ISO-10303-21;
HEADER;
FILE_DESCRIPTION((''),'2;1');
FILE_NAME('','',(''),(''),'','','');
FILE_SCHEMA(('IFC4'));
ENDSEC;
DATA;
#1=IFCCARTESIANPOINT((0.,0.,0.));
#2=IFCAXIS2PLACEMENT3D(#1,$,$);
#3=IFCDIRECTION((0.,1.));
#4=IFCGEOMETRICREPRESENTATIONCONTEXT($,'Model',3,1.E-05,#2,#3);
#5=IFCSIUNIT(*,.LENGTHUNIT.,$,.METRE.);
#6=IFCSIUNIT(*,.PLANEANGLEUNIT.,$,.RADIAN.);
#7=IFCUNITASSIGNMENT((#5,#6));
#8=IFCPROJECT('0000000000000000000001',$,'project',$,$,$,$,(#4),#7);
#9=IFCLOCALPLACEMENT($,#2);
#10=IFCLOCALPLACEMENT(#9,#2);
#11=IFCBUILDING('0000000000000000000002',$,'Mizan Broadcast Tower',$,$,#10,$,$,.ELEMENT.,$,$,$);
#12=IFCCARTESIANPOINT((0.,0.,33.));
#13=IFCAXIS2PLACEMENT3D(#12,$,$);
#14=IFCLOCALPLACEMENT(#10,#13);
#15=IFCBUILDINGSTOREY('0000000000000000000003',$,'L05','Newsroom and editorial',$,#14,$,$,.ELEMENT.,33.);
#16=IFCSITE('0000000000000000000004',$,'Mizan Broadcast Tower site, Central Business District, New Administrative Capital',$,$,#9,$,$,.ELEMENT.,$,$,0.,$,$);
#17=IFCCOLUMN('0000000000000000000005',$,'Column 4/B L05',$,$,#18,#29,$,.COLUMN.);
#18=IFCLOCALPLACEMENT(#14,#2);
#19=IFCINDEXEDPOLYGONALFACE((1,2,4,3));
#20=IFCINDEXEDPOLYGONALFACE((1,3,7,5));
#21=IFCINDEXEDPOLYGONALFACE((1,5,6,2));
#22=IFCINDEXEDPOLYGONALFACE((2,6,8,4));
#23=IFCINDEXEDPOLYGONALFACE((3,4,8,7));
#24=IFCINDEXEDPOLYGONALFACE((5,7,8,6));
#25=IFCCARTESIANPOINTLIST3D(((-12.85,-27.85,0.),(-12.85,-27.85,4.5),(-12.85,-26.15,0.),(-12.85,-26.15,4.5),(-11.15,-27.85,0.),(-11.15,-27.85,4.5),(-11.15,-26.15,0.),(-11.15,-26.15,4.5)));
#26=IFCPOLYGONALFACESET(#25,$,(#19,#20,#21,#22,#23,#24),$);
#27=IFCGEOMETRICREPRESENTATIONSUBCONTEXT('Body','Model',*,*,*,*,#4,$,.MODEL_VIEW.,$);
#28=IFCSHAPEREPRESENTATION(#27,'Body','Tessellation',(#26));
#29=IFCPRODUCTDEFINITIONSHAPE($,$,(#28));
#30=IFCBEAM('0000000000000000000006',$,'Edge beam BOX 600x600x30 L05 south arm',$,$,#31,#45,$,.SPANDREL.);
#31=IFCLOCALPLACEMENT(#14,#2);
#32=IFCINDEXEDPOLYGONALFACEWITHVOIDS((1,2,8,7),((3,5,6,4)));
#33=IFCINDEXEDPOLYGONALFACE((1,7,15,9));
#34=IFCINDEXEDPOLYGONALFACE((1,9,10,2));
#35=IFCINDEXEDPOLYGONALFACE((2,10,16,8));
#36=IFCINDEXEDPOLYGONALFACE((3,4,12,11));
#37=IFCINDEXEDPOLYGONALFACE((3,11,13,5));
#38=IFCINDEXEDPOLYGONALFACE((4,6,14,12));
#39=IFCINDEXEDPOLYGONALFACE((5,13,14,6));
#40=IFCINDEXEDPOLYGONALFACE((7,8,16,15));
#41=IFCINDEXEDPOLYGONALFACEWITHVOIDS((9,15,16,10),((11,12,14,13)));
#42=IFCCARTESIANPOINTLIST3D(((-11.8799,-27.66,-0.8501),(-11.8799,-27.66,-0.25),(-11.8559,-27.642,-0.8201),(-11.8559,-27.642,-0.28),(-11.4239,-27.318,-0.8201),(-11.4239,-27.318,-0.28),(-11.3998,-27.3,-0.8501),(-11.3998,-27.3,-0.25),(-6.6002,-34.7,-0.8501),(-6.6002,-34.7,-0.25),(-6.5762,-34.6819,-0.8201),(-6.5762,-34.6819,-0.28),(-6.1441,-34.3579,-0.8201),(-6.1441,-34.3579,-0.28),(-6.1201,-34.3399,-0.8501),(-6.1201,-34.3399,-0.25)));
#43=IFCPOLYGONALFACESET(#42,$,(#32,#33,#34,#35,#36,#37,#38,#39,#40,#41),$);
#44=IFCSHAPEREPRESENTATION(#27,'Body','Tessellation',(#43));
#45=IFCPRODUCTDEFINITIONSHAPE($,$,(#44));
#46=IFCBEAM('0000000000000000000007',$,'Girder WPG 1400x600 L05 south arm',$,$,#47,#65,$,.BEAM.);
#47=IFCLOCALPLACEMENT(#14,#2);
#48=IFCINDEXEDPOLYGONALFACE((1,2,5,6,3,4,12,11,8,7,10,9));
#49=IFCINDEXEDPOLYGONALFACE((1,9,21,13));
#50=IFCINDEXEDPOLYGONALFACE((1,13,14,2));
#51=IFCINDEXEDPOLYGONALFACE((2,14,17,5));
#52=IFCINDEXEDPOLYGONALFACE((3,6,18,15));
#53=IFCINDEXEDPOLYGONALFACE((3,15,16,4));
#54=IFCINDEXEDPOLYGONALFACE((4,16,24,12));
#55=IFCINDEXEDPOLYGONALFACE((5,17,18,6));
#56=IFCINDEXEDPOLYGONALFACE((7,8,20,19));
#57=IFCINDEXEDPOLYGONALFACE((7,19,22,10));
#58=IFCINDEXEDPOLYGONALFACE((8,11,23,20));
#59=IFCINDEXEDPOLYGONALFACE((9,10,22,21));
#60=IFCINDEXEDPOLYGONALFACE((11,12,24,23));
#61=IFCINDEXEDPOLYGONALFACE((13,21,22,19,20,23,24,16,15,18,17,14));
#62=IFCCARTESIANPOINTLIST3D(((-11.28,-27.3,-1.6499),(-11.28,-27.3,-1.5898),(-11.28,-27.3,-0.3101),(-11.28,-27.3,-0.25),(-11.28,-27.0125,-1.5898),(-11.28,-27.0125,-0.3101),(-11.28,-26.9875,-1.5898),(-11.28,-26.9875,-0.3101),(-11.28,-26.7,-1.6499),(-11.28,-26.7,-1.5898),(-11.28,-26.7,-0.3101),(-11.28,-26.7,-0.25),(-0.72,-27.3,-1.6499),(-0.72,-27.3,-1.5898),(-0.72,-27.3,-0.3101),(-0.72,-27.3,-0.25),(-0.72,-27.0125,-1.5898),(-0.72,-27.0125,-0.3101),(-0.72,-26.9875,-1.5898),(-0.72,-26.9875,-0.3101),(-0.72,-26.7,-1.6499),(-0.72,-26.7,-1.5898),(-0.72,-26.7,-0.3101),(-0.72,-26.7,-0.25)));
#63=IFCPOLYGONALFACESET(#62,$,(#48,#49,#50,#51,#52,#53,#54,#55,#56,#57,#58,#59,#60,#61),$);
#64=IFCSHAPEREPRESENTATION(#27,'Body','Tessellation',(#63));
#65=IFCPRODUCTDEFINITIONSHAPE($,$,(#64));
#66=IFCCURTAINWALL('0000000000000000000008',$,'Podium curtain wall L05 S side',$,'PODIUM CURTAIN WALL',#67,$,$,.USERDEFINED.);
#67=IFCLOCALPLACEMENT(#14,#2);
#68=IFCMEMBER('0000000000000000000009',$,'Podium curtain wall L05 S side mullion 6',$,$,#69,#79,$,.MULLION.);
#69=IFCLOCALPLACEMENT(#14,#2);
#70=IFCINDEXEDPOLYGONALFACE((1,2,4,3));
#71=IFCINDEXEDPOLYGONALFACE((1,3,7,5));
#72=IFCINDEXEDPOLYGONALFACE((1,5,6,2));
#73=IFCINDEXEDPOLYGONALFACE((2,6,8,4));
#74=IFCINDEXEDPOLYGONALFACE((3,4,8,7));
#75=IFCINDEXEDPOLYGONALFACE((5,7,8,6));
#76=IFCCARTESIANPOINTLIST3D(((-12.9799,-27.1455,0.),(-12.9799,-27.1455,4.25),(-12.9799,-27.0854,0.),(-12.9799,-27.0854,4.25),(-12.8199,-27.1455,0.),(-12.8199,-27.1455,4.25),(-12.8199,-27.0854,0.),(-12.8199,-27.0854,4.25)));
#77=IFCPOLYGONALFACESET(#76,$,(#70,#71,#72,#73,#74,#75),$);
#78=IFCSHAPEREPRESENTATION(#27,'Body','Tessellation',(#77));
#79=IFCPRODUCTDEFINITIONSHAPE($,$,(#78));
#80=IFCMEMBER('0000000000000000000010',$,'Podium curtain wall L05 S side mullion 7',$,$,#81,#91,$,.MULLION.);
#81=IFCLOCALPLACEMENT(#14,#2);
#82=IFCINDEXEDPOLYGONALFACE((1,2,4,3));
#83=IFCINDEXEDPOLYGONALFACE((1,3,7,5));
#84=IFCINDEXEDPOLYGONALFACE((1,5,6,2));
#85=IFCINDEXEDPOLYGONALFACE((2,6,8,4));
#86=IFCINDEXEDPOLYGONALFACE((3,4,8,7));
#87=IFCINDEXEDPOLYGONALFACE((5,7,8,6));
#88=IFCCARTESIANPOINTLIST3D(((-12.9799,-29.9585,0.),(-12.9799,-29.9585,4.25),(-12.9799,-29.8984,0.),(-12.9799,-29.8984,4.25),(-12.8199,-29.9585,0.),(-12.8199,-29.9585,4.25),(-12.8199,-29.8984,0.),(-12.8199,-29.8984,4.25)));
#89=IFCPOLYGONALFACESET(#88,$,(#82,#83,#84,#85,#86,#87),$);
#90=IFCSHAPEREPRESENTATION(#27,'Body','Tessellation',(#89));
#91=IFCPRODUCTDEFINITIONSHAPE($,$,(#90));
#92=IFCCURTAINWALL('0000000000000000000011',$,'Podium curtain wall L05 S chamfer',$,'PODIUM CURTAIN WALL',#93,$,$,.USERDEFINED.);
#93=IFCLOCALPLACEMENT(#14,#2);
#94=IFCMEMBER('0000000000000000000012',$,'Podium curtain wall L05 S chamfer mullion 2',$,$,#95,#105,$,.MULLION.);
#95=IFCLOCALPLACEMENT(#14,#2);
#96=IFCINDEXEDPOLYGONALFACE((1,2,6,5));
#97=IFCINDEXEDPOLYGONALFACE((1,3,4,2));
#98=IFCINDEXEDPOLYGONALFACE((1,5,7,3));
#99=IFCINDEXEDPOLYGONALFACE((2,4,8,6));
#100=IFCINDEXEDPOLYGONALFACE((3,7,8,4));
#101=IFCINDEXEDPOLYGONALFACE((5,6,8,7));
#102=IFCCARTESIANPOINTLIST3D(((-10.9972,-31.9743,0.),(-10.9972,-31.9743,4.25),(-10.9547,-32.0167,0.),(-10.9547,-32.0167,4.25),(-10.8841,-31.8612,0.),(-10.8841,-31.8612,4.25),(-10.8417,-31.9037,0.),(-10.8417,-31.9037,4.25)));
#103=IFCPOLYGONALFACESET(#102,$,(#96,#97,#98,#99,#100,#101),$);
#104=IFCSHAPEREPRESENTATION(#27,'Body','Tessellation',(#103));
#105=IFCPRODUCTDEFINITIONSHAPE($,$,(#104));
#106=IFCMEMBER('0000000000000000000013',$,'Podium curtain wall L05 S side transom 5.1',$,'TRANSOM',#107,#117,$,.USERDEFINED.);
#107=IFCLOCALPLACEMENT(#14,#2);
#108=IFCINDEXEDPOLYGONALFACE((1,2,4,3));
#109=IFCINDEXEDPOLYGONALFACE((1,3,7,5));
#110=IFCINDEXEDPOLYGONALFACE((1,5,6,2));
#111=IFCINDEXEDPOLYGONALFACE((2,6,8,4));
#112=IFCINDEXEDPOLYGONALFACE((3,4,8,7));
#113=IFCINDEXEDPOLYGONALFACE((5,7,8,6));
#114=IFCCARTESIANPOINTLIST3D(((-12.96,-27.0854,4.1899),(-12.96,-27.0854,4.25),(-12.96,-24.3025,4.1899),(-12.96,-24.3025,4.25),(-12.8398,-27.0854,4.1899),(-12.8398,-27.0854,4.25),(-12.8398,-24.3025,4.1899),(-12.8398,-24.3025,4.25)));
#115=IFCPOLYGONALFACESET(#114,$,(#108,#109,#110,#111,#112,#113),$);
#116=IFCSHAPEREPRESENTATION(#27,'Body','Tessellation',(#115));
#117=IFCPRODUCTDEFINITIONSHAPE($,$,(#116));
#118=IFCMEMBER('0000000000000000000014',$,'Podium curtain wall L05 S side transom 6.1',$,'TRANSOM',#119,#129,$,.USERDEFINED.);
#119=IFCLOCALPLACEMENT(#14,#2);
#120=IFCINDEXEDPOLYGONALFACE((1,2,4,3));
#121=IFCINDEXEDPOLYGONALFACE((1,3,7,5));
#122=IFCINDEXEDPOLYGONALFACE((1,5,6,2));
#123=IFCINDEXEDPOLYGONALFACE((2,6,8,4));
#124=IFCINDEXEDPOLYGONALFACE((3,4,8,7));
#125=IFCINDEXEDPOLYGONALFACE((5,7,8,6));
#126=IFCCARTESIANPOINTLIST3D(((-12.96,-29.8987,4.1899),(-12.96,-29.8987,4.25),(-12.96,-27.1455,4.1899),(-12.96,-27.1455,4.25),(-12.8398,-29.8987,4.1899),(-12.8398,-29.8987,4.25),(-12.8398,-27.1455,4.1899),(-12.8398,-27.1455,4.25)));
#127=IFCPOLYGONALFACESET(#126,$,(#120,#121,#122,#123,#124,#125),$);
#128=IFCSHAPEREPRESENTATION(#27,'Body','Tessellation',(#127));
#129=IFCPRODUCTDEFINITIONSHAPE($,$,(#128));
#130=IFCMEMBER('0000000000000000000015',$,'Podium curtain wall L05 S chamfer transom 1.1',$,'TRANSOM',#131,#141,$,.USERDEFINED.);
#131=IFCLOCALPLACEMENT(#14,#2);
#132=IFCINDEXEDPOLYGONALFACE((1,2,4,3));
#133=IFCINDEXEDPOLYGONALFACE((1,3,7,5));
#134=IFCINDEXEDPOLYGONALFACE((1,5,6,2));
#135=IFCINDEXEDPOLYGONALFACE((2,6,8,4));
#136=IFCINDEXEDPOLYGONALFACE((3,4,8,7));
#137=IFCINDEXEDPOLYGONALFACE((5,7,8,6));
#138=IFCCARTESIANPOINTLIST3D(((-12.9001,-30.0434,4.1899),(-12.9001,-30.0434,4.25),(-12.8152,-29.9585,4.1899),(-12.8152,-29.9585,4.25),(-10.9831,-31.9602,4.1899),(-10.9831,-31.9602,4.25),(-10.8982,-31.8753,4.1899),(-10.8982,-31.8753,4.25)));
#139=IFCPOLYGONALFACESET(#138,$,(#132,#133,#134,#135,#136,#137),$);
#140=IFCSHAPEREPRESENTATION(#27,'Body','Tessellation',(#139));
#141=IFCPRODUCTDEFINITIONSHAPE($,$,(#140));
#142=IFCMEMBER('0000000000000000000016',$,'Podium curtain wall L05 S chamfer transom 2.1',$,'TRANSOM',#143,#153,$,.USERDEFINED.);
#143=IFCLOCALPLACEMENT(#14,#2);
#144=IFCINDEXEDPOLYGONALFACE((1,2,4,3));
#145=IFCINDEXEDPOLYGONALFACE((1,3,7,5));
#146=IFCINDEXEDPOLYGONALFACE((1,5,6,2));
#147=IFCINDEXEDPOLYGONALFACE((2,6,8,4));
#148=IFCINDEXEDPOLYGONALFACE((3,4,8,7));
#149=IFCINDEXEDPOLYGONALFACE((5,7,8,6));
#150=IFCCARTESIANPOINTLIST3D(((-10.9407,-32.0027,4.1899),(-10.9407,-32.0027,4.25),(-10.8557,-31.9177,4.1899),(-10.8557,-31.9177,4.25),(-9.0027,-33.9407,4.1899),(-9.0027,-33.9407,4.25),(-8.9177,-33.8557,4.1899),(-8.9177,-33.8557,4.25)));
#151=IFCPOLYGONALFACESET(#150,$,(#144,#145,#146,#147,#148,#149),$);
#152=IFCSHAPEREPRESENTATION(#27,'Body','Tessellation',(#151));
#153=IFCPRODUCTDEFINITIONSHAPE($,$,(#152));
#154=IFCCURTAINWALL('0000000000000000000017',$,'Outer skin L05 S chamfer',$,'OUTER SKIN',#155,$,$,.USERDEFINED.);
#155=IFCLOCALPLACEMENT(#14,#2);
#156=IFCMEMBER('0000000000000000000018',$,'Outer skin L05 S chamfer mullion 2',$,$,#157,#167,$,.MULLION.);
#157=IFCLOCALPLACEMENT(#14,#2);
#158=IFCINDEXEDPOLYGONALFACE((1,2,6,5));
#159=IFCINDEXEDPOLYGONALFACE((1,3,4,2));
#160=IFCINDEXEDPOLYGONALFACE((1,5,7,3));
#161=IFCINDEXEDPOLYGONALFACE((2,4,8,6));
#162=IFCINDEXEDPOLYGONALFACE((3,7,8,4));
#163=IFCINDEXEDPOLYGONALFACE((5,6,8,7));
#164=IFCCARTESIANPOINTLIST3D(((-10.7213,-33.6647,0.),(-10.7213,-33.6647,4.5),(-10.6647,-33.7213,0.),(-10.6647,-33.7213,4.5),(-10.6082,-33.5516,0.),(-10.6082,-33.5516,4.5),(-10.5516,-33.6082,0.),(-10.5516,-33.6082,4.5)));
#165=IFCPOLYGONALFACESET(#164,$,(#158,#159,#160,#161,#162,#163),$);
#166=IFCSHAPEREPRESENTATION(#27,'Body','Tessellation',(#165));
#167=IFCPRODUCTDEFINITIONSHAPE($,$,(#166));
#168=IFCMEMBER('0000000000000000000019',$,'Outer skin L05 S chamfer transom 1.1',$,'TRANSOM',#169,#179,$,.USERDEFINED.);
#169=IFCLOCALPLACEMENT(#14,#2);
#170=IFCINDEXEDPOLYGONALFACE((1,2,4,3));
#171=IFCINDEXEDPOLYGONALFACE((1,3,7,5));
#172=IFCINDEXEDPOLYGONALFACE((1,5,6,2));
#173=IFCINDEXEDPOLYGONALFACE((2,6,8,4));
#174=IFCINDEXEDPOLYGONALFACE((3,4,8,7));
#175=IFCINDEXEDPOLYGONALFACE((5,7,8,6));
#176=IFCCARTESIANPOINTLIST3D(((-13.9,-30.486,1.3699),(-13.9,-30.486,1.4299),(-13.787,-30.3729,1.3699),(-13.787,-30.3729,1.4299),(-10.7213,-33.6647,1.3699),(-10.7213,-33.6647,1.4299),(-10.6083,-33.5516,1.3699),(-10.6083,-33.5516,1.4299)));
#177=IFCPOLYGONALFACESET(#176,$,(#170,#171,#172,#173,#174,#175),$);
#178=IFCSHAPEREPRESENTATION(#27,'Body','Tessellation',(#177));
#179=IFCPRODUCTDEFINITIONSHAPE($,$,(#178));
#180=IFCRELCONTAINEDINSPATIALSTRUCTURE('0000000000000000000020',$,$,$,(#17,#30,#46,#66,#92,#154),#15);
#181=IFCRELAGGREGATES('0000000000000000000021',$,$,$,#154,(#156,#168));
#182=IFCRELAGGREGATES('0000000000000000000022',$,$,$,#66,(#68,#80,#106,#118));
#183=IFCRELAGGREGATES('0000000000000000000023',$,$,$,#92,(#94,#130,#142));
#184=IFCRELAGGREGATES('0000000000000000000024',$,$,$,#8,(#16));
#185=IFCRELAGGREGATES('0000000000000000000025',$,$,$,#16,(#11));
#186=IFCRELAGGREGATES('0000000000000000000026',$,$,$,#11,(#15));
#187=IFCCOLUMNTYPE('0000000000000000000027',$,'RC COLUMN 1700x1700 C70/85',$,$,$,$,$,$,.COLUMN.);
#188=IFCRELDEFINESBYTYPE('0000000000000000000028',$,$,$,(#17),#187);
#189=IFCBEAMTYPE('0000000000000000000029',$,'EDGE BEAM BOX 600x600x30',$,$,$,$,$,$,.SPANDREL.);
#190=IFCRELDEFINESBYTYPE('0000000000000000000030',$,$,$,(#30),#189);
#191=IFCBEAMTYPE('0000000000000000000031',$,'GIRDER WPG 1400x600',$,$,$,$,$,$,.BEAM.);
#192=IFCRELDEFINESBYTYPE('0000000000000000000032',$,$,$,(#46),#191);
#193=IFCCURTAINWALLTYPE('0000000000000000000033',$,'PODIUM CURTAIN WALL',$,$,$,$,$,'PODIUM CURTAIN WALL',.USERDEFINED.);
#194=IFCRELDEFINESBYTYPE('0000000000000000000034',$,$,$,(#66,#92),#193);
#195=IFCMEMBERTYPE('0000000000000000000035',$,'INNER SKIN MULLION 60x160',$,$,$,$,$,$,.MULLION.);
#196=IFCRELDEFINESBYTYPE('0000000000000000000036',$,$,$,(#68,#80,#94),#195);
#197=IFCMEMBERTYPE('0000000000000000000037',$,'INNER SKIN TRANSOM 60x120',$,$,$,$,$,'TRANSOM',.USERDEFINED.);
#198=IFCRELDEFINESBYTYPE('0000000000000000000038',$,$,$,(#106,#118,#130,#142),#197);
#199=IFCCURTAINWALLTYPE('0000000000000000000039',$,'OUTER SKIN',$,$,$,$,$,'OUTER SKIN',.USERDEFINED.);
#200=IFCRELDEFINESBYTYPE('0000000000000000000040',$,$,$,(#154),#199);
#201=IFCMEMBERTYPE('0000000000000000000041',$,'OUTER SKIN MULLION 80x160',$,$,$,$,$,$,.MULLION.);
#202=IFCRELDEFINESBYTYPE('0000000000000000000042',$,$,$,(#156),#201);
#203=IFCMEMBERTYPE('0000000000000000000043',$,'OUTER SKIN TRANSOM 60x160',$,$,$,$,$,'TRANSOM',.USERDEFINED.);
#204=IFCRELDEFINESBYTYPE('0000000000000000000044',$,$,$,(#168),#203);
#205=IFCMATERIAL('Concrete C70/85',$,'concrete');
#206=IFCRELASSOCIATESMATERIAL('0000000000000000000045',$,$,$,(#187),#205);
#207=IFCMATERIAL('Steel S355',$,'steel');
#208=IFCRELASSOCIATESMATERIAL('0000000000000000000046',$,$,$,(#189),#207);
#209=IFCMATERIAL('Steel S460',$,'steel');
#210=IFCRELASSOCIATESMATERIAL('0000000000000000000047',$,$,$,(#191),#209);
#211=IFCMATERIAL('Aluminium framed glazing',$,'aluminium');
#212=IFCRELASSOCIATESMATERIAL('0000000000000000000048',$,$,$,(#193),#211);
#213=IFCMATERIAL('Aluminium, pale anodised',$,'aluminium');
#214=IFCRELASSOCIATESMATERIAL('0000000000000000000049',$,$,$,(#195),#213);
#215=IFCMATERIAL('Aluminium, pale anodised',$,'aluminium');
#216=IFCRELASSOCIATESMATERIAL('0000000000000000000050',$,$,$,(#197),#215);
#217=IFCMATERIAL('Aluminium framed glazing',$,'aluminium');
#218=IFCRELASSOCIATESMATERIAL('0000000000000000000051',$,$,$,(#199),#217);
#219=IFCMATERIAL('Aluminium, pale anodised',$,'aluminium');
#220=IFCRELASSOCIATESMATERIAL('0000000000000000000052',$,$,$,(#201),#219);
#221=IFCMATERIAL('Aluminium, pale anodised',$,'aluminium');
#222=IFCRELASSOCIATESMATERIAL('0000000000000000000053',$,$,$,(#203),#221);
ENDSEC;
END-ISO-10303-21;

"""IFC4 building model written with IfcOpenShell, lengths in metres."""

from ifc_helpers import new_model, si_unit, direction, frame, origin, origin_2d, place, context, subcontext, project, spatial, rectangle, hollow_rectangle, i_section, extrude, material, material_profile, profile_set, type_object, element, aggregate, save


model = new_model("IFC4")

# Units and contexts
model_context = context("Model", 3, precision=1e-05, world=origin(), true_north=direction((0.0, 1.0)))
body_context = subcontext(model_context, "Body", "Model", "MODEL_VIEW")
ifc_project = project(units=[si_unit("LENGTHUNIT", "METRE"), si_unit("PLANEANGLEUNIT", "RADIAN")], contexts=[model_context])

# Site, building, storey
site_placement = place(None, origin())
site = spatial("IfcSite", under=ifc_project, at=site_placement, Name="Mizan Broadcast Tower site, Central Business District, New Administrative Capital", CompositionType="ELEMENT", RefElevation=0.0)
building_placement = place(site_placement, origin())
building = spatial("IfcBuilding", under=site, at=building_placement, Name="Mizan Broadcast Tower", CompositionType="ELEMENT")
storey_placement = place(building_placement, frame((0.0, 0.0, 33.0)))
storey = spatial("IfcBuildingStorey", under=building, at=storey_placement, Name="L05", Description="Newsroom and editorial", CompositionType="ELEMENT", Elevation=33.0)

# Column
ifc_material_1 = material(Name="Concrete C70/85", Category="concrete")
ifc_material_profile_1 = material_profile(ifc_material_1, rectangle(XDim=1.7, YDim=1.7, at=origin_2d()), Name="RC 1700x1700")
ifc_profile_set_1 = profile_set([ifc_material_profile_1], Name="Concrete C70/85")
column_type = type_object("IfcColumnType", Name="RC COLUMN 1700x1700 C70/85", PredefinedType="COLUMN", material=ifc_profile_set_1)
column_placement = place(storey_placement, frame((-12.0, -27.0, 0.0), z_axis=(0.0, 0.0, 1.0), x_axis=(1.0, 0.0, 0.0)))
element("IfcColumn", 1, at=column_placement, inside=storey, type_object=column_type, Name="Column 4/B L05", PredefinedType="COLUMN", context=body_context, shape_type="SweptSolid", body=[
    extrude(rectangle(XDim=1.7, YDim=1.7, at=origin_2d()), origin(), (0.0, 0.0, 1.0), 4.5),
])

# Beams
ifc_material_2 = material(Name="Steel S355", Category="steel")
ifc_material_profile_2 = material_profile(ifc_material_2, hollow_rectangle(XDim=0.6001, YDim=0.6001, WallThickness=0.03, at=origin_2d()), Name="BOX 600x600x30")
ifc_profile_set_2 = profile_set([ifc_material_profile_2], Name="Steel S355")
beam_type_1 = type_object("IfcBeamType", Name="EDGE BEAM BOX 600x600x30", PredefinedType="SPANDREL", material=ifc_profile_set_2)
beam_1_placement = place(storey_placement, frame((-11.6399, -27.48, -0.55), z_axis=(0.599982, -0.800013, 0.0), x_axis=(0.800013, 0.599982, 0.0)))
element("IfcBeam", 2, at=beam_1_placement, inside=storey, type_object=beam_type_1, Name="Edge beam BOX 600x600x30 L05 south arm", PredefinedType="SPANDREL", context=body_context, shape_type="SweptSolid", body=[
    extrude(hollow_rectangle(XDim=0.6001, YDim=0.6001, WallThickness=0.03, at=origin_2d()), origin(), (0.0, 0.0, 1.0), 8.7998),
])
ifc_material_3 = material(Name="Steel S460", Category="steel")
ifc_material_profile_3 = material_profile(ifc_material_3, i_section(OverallWidth=0.6001, OverallDepth=1.3999, WebThickness=0.0249, FlangeThickness=0.0601, at=origin_2d()), Name="WPG 1400x600")
ifc_profile_set_3 = profile_set([ifc_material_profile_3], Name="Steel S460")
beam_type_2 = type_object("IfcBeamType", Name="GIRDER WPG 1400x600", PredefinedType="BEAM", material=ifc_profile_set_3)
beam_2_placement = place(storey_placement, frame((-11.28, -27.0, -0.95), z_axis=(1.0, 0.0, 0.0), x_axis=(0.0, 1.0, 0.0)))
element("IfcBeam", 3, at=beam_2_placement, inside=storey, type_object=beam_type_2, Name="Girder WPG 1400x600 L05 south arm", PredefinedType="BEAM", context=body_context, shape_type="SweptSolid", body=[
    extrude(i_section(OverallWidth=0.6001, OverallDepth=1.3999, WebThickness=0.0249, FlangeThickness=0.0601, at=origin_2d()), origin(), (0.0, 0.0, 1.0), 10.5601),
])

# Curtain wall, members
ifc_material_4 = material(Name="Aluminium framed glazing", Category="aluminium")
curtain_wall_type_1 = type_object("IfcCurtainWallType", Name="PODIUM CURTAIN WALL", ElementType="PODIUM CURTAIN WALL", PredefinedType="USERDEFINED", material=ifc_material_4)
curtain_wall_1_placement = place(storey_placement, origin())
curtain_wall_1 = element("IfcCurtainWall", 4, at=curtain_wall_1_placement, inside=storey, type_object=curtain_wall_type_1, Name="Podium curtain wall L05 S side", ObjectType="PODIUM CURTAIN WALL", PredefinedType="USERDEFINED")
ifc_material_5 = material(Name="Aluminium, pale anodised", Category="aluminium")
ifc_material_profile_4 = material_profile(ifc_material_5, rectangle(XDim=0.1599, YDim=0.0601, at=origin_2d()), Name="MULLION 160x60")
ifc_profile_set_4 = profile_set([ifc_material_profile_4], Name="Aluminium, pale anodised")
member_type_1 = type_object("IfcMemberType", Name="INNER SKIN MULLION 60x160", PredefinedType="MULLION", material=ifc_profile_set_4)
member_1_placement = place(storey_placement, frame((-12.8999, -27.1155, 0.0), z_axis=(0.0, 0.0, 1.0), x_axis=(1.0, 0.0, 0.0)))
member_1 = element("IfcMember", 5, at=member_1_placement, type_object=member_type_1, Name="Podium curtain wall L05 S side mullion 6", PredefinedType="MULLION", context=body_context, shape_type="SweptSolid", body=[
    extrude(rectangle(XDim=0.1599, YDim=0.0601, at=origin_2d()), origin(), (0.0, 0.0, 1.0), 4.25),
])
member_2_placement = place(storey_placement, frame((-12.8999, -29.9285, 0.0), z_axis=(0.0, 0.0, 1.0), x_axis=(1.0, 0.0, 0.0)))
member_2 = element("IfcMember", 6, at=member_2_placement, type_object=member_type_1, Name="Podium curtain wall L05 S side mullion 7", PredefinedType="MULLION", context=body_context, shape_type="SweptSolid", body=[
    extrude(rectangle(XDim=0.1599, YDim=0.0601, at=origin_2d()), origin(), (0.0, 0.0, 1.0), 4.25),
])

# Curtain wall, member
curtain_wall_2_placement = place(storey_placement, origin())
curtain_wall_2 = element("IfcCurtainWall", 7, at=curtain_wall_2_placement, inside=storey, type_object=curtain_wall_type_1, Name="Podium curtain wall L05 S chamfer", ObjectType="PODIUM CURTAIN WALL", PredefinedType="USERDEFINED")
member_3_placement = place(storey_placement, frame((-10.9194, -31.939, 0.0), z_axis=(0.0, 0.0, 1.0), x_axis=(0.707107, 0.707107, 0.0)))
member_3 = element("IfcMember", 8, at=member_3_placement, type_object=member_type_1, Name="Podium curtain wall L05 S chamfer mullion 2", PredefinedType="MULLION", context=body_context, shape_type="SweptSolid", body=[
    extrude(rectangle(XDim=0.1599, YDim=0.0601, at=origin_2d()), origin(), (0.0, 0.0, 1.0), 4.25),
])

# Members
ifc_material_6 = material(Name="Aluminium, pale anodised", Category="aluminium")
ifc_material_profile_5 = material_profile(ifc_material_6, rectangle(XDim=0.1201, YDim=0.0601, at=origin_2d()), Name="TRANSOM 120x60")
ifc_profile_set_5 = profile_set([ifc_material_profile_5], Name="Aluminium, pale anodised")
member_type_2 = type_object("IfcMemberType", Name="INNER SKIN TRANSOM 60x120", ElementType="TRANSOM", PredefinedType="USERDEFINED", material=ifc_profile_set_5)
member_4_placement = place(storey_placement, frame((-12.8999, -24.3025, 4.22), z_axis=(0.0, -1.0, 0.0), x_axis=(1.0, 0.0, 0.0)))
member_4 = element("IfcMember", 9, at=member_4_placement, type_object=member_type_2, Name="Podium curtain wall L05 S side transom 5.1", ObjectType="TRANSOM", PredefinedType="USERDEFINED", context=body_context, shape_type="SweptSolid", body=[
    extrude(rectangle(XDim=0.1201, YDim=0.0601, at=origin_2d()), origin(), (0.0, 0.0, 1.0), 2.783),
])
member_5_placement = place(storey_placement, frame((-12.8999, -27.1455, 4.22), z_axis=(0.0, -1.0, 0.0), x_axis=(1.0, 0.0, 0.0)))
member_5 = element("IfcMember", 10, at=member_5_placement, type_object=member_type_2, Name="Podium curtain wall L05 S side transom 6.1", ObjectType="TRANSOM", PredefinedType="USERDEFINED", context=body_context, shape_type="SweptSolid", body=[
    extrude(rectangle(XDim=0.1201, YDim=0.0601, at=origin_2d()), origin(), (0.0, 0.0, 1.0), 2.7532),
])
member_6_placement = place(storey_placement, frame((-12.8577, -30.001, 4.22), z_axis=(0.707152, -0.707062, 0.0), x_axis=(0.707062, 0.707152, 0.0)))
member_6 = element("IfcMember", 11, at=member_6_placement, type_object=member_type_2, Name="Podium curtain wall L05 S chamfer transom 1.1", ObjectType="TRANSOM", PredefinedType="USERDEFINED", context=body_context, shape_type="SweptSolid", body=[
    extrude(rectangle(XDim=0.1201, YDim=0.0601, at=origin_2d()), origin(), (0.0, 0.0, 1.0), 2.7109),
])
member_7_placement = place(storey_placement, frame((-10.8982, -31.9602, 4.22), z_axis=(0.707107, -0.707107, 0.0), x_axis=(0.707107, 0.707107, 0.0)))
member_7 = element("IfcMember", 12, at=member_7_placement, type_object=member_type_2, Name="Podium curtain wall L05 S chamfer transom 2.1", ObjectType="TRANSOM", PredefinedType="USERDEFINED", context=body_context, shape_type="SweptSolid", body=[
    extrude(rectangle(XDim=0.1201, YDim=0.0601, at=origin_2d()), origin(), (0.0, 0.0, 1.0), 2.7407),
])

# Curtain wall, members
ifc_material_7 = material(Name="Aluminium framed glazing", Category="aluminium")
curtain_wall_type_2 = type_object("IfcCurtainWallType", Name="OUTER SKIN", ElementType="OUTER SKIN", PredefinedType="USERDEFINED", material=ifc_material_7)
curtain_wall_3_placement = place(storey_placement, origin())
curtain_wall_3 = element("IfcCurtainWall", 13, at=curtain_wall_3_placement, inside=storey, type_object=curtain_wall_type_2, Name="Outer skin L05 S chamfer", ObjectType="OUTER SKIN", PredefinedType="USERDEFINED")
ifc_material_8 = material(Name="Aluminium, pale anodised", Category="aluminium")
ifc_material_profile_6 = material_profile(ifc_material_8, rectangle(XDim=0.1599, YDim=0.0801, at=origin_2d()), Name="MULLION 160x80")
ifc_profile_set_6 = profile_set([ifc_material_profile_6], Name="Aluminium, pale anodised")
member_type_3 = type_object("IfcMemberType", Name="OUTER SKIN MULLION 80x160", PredefinedType="MULLION", material=ifc_profile_set_6)
member_8_placement = place(storey_placement, frame((-10.6365, -33.6365, 0.0), z_axis=(0.0, 0.0, 1.0), x_axis=(0.707107, 0.707107, 0.0)))
member_8 = element("IfcMember", 14, at=member_8_placement, type_object=member_type_3, Name="Outer skin L05 S chamfer mullion 2", PredefinedType="MULLION", context=body_context, shape_type="SweptSolid", body=[
    extrude(rectangle(XDim=0.1599, YDim=0.0801, at=origin_2d()), origin(), (0.0, 0.0, 1.0), 4.5),
])
ifc_material_9 = material(Name="Aluminium, pale anodised", Category="aluminium")
ifc_material_profile_7 = material_profile(ifc_material_9, rectangle(XDim=0.1599, YDim=0.0601, at=origin_2d()), Name="TRANSOM 160x60")
ifc_profile_set_7 = profile_set([ifc_material_profile_7], Name="Aluminium, pale anodised")
member_type_4 = type_object("IfcMemberType", Name="OUTER SKIN TRANSOM 60x160", ElementType="TRANSOM", PredefinedType="USERDEFINED", material=ifc_profile_set_7)
member_9_placement = place(storey_placement, frame((-13.8435, -30.4294, 1.3999), z_axis=(0.707107, -0.707107, 0.0), x_axis=(0.707107, 0.707107, 0.0)))
member_9 = element("IfcMember", 15, at=member_9_placement, type_object=member_type_4, Name="Outer skin L05 S chamfer transom 1.1", ObjectType="TRANSOM", PredefinedType="USERDEFINED", context=body_context, shape_type="SweptSolid", body=[
    extrude(rectangle(XDim=0.1599, YDim=0.0601, at=origin_2d()), origin(), (0.0, 0.0, 1.0), 4.4954),
])

aggregate(curtain_wall_3, [member_8, member_9])
aggregate(curtain_wall_1, [member_1, member_2, member_4, member_5])
aggregate(curtain_wall_2, [member_3, member_6, member_7])

save(model, "model.ifc")
